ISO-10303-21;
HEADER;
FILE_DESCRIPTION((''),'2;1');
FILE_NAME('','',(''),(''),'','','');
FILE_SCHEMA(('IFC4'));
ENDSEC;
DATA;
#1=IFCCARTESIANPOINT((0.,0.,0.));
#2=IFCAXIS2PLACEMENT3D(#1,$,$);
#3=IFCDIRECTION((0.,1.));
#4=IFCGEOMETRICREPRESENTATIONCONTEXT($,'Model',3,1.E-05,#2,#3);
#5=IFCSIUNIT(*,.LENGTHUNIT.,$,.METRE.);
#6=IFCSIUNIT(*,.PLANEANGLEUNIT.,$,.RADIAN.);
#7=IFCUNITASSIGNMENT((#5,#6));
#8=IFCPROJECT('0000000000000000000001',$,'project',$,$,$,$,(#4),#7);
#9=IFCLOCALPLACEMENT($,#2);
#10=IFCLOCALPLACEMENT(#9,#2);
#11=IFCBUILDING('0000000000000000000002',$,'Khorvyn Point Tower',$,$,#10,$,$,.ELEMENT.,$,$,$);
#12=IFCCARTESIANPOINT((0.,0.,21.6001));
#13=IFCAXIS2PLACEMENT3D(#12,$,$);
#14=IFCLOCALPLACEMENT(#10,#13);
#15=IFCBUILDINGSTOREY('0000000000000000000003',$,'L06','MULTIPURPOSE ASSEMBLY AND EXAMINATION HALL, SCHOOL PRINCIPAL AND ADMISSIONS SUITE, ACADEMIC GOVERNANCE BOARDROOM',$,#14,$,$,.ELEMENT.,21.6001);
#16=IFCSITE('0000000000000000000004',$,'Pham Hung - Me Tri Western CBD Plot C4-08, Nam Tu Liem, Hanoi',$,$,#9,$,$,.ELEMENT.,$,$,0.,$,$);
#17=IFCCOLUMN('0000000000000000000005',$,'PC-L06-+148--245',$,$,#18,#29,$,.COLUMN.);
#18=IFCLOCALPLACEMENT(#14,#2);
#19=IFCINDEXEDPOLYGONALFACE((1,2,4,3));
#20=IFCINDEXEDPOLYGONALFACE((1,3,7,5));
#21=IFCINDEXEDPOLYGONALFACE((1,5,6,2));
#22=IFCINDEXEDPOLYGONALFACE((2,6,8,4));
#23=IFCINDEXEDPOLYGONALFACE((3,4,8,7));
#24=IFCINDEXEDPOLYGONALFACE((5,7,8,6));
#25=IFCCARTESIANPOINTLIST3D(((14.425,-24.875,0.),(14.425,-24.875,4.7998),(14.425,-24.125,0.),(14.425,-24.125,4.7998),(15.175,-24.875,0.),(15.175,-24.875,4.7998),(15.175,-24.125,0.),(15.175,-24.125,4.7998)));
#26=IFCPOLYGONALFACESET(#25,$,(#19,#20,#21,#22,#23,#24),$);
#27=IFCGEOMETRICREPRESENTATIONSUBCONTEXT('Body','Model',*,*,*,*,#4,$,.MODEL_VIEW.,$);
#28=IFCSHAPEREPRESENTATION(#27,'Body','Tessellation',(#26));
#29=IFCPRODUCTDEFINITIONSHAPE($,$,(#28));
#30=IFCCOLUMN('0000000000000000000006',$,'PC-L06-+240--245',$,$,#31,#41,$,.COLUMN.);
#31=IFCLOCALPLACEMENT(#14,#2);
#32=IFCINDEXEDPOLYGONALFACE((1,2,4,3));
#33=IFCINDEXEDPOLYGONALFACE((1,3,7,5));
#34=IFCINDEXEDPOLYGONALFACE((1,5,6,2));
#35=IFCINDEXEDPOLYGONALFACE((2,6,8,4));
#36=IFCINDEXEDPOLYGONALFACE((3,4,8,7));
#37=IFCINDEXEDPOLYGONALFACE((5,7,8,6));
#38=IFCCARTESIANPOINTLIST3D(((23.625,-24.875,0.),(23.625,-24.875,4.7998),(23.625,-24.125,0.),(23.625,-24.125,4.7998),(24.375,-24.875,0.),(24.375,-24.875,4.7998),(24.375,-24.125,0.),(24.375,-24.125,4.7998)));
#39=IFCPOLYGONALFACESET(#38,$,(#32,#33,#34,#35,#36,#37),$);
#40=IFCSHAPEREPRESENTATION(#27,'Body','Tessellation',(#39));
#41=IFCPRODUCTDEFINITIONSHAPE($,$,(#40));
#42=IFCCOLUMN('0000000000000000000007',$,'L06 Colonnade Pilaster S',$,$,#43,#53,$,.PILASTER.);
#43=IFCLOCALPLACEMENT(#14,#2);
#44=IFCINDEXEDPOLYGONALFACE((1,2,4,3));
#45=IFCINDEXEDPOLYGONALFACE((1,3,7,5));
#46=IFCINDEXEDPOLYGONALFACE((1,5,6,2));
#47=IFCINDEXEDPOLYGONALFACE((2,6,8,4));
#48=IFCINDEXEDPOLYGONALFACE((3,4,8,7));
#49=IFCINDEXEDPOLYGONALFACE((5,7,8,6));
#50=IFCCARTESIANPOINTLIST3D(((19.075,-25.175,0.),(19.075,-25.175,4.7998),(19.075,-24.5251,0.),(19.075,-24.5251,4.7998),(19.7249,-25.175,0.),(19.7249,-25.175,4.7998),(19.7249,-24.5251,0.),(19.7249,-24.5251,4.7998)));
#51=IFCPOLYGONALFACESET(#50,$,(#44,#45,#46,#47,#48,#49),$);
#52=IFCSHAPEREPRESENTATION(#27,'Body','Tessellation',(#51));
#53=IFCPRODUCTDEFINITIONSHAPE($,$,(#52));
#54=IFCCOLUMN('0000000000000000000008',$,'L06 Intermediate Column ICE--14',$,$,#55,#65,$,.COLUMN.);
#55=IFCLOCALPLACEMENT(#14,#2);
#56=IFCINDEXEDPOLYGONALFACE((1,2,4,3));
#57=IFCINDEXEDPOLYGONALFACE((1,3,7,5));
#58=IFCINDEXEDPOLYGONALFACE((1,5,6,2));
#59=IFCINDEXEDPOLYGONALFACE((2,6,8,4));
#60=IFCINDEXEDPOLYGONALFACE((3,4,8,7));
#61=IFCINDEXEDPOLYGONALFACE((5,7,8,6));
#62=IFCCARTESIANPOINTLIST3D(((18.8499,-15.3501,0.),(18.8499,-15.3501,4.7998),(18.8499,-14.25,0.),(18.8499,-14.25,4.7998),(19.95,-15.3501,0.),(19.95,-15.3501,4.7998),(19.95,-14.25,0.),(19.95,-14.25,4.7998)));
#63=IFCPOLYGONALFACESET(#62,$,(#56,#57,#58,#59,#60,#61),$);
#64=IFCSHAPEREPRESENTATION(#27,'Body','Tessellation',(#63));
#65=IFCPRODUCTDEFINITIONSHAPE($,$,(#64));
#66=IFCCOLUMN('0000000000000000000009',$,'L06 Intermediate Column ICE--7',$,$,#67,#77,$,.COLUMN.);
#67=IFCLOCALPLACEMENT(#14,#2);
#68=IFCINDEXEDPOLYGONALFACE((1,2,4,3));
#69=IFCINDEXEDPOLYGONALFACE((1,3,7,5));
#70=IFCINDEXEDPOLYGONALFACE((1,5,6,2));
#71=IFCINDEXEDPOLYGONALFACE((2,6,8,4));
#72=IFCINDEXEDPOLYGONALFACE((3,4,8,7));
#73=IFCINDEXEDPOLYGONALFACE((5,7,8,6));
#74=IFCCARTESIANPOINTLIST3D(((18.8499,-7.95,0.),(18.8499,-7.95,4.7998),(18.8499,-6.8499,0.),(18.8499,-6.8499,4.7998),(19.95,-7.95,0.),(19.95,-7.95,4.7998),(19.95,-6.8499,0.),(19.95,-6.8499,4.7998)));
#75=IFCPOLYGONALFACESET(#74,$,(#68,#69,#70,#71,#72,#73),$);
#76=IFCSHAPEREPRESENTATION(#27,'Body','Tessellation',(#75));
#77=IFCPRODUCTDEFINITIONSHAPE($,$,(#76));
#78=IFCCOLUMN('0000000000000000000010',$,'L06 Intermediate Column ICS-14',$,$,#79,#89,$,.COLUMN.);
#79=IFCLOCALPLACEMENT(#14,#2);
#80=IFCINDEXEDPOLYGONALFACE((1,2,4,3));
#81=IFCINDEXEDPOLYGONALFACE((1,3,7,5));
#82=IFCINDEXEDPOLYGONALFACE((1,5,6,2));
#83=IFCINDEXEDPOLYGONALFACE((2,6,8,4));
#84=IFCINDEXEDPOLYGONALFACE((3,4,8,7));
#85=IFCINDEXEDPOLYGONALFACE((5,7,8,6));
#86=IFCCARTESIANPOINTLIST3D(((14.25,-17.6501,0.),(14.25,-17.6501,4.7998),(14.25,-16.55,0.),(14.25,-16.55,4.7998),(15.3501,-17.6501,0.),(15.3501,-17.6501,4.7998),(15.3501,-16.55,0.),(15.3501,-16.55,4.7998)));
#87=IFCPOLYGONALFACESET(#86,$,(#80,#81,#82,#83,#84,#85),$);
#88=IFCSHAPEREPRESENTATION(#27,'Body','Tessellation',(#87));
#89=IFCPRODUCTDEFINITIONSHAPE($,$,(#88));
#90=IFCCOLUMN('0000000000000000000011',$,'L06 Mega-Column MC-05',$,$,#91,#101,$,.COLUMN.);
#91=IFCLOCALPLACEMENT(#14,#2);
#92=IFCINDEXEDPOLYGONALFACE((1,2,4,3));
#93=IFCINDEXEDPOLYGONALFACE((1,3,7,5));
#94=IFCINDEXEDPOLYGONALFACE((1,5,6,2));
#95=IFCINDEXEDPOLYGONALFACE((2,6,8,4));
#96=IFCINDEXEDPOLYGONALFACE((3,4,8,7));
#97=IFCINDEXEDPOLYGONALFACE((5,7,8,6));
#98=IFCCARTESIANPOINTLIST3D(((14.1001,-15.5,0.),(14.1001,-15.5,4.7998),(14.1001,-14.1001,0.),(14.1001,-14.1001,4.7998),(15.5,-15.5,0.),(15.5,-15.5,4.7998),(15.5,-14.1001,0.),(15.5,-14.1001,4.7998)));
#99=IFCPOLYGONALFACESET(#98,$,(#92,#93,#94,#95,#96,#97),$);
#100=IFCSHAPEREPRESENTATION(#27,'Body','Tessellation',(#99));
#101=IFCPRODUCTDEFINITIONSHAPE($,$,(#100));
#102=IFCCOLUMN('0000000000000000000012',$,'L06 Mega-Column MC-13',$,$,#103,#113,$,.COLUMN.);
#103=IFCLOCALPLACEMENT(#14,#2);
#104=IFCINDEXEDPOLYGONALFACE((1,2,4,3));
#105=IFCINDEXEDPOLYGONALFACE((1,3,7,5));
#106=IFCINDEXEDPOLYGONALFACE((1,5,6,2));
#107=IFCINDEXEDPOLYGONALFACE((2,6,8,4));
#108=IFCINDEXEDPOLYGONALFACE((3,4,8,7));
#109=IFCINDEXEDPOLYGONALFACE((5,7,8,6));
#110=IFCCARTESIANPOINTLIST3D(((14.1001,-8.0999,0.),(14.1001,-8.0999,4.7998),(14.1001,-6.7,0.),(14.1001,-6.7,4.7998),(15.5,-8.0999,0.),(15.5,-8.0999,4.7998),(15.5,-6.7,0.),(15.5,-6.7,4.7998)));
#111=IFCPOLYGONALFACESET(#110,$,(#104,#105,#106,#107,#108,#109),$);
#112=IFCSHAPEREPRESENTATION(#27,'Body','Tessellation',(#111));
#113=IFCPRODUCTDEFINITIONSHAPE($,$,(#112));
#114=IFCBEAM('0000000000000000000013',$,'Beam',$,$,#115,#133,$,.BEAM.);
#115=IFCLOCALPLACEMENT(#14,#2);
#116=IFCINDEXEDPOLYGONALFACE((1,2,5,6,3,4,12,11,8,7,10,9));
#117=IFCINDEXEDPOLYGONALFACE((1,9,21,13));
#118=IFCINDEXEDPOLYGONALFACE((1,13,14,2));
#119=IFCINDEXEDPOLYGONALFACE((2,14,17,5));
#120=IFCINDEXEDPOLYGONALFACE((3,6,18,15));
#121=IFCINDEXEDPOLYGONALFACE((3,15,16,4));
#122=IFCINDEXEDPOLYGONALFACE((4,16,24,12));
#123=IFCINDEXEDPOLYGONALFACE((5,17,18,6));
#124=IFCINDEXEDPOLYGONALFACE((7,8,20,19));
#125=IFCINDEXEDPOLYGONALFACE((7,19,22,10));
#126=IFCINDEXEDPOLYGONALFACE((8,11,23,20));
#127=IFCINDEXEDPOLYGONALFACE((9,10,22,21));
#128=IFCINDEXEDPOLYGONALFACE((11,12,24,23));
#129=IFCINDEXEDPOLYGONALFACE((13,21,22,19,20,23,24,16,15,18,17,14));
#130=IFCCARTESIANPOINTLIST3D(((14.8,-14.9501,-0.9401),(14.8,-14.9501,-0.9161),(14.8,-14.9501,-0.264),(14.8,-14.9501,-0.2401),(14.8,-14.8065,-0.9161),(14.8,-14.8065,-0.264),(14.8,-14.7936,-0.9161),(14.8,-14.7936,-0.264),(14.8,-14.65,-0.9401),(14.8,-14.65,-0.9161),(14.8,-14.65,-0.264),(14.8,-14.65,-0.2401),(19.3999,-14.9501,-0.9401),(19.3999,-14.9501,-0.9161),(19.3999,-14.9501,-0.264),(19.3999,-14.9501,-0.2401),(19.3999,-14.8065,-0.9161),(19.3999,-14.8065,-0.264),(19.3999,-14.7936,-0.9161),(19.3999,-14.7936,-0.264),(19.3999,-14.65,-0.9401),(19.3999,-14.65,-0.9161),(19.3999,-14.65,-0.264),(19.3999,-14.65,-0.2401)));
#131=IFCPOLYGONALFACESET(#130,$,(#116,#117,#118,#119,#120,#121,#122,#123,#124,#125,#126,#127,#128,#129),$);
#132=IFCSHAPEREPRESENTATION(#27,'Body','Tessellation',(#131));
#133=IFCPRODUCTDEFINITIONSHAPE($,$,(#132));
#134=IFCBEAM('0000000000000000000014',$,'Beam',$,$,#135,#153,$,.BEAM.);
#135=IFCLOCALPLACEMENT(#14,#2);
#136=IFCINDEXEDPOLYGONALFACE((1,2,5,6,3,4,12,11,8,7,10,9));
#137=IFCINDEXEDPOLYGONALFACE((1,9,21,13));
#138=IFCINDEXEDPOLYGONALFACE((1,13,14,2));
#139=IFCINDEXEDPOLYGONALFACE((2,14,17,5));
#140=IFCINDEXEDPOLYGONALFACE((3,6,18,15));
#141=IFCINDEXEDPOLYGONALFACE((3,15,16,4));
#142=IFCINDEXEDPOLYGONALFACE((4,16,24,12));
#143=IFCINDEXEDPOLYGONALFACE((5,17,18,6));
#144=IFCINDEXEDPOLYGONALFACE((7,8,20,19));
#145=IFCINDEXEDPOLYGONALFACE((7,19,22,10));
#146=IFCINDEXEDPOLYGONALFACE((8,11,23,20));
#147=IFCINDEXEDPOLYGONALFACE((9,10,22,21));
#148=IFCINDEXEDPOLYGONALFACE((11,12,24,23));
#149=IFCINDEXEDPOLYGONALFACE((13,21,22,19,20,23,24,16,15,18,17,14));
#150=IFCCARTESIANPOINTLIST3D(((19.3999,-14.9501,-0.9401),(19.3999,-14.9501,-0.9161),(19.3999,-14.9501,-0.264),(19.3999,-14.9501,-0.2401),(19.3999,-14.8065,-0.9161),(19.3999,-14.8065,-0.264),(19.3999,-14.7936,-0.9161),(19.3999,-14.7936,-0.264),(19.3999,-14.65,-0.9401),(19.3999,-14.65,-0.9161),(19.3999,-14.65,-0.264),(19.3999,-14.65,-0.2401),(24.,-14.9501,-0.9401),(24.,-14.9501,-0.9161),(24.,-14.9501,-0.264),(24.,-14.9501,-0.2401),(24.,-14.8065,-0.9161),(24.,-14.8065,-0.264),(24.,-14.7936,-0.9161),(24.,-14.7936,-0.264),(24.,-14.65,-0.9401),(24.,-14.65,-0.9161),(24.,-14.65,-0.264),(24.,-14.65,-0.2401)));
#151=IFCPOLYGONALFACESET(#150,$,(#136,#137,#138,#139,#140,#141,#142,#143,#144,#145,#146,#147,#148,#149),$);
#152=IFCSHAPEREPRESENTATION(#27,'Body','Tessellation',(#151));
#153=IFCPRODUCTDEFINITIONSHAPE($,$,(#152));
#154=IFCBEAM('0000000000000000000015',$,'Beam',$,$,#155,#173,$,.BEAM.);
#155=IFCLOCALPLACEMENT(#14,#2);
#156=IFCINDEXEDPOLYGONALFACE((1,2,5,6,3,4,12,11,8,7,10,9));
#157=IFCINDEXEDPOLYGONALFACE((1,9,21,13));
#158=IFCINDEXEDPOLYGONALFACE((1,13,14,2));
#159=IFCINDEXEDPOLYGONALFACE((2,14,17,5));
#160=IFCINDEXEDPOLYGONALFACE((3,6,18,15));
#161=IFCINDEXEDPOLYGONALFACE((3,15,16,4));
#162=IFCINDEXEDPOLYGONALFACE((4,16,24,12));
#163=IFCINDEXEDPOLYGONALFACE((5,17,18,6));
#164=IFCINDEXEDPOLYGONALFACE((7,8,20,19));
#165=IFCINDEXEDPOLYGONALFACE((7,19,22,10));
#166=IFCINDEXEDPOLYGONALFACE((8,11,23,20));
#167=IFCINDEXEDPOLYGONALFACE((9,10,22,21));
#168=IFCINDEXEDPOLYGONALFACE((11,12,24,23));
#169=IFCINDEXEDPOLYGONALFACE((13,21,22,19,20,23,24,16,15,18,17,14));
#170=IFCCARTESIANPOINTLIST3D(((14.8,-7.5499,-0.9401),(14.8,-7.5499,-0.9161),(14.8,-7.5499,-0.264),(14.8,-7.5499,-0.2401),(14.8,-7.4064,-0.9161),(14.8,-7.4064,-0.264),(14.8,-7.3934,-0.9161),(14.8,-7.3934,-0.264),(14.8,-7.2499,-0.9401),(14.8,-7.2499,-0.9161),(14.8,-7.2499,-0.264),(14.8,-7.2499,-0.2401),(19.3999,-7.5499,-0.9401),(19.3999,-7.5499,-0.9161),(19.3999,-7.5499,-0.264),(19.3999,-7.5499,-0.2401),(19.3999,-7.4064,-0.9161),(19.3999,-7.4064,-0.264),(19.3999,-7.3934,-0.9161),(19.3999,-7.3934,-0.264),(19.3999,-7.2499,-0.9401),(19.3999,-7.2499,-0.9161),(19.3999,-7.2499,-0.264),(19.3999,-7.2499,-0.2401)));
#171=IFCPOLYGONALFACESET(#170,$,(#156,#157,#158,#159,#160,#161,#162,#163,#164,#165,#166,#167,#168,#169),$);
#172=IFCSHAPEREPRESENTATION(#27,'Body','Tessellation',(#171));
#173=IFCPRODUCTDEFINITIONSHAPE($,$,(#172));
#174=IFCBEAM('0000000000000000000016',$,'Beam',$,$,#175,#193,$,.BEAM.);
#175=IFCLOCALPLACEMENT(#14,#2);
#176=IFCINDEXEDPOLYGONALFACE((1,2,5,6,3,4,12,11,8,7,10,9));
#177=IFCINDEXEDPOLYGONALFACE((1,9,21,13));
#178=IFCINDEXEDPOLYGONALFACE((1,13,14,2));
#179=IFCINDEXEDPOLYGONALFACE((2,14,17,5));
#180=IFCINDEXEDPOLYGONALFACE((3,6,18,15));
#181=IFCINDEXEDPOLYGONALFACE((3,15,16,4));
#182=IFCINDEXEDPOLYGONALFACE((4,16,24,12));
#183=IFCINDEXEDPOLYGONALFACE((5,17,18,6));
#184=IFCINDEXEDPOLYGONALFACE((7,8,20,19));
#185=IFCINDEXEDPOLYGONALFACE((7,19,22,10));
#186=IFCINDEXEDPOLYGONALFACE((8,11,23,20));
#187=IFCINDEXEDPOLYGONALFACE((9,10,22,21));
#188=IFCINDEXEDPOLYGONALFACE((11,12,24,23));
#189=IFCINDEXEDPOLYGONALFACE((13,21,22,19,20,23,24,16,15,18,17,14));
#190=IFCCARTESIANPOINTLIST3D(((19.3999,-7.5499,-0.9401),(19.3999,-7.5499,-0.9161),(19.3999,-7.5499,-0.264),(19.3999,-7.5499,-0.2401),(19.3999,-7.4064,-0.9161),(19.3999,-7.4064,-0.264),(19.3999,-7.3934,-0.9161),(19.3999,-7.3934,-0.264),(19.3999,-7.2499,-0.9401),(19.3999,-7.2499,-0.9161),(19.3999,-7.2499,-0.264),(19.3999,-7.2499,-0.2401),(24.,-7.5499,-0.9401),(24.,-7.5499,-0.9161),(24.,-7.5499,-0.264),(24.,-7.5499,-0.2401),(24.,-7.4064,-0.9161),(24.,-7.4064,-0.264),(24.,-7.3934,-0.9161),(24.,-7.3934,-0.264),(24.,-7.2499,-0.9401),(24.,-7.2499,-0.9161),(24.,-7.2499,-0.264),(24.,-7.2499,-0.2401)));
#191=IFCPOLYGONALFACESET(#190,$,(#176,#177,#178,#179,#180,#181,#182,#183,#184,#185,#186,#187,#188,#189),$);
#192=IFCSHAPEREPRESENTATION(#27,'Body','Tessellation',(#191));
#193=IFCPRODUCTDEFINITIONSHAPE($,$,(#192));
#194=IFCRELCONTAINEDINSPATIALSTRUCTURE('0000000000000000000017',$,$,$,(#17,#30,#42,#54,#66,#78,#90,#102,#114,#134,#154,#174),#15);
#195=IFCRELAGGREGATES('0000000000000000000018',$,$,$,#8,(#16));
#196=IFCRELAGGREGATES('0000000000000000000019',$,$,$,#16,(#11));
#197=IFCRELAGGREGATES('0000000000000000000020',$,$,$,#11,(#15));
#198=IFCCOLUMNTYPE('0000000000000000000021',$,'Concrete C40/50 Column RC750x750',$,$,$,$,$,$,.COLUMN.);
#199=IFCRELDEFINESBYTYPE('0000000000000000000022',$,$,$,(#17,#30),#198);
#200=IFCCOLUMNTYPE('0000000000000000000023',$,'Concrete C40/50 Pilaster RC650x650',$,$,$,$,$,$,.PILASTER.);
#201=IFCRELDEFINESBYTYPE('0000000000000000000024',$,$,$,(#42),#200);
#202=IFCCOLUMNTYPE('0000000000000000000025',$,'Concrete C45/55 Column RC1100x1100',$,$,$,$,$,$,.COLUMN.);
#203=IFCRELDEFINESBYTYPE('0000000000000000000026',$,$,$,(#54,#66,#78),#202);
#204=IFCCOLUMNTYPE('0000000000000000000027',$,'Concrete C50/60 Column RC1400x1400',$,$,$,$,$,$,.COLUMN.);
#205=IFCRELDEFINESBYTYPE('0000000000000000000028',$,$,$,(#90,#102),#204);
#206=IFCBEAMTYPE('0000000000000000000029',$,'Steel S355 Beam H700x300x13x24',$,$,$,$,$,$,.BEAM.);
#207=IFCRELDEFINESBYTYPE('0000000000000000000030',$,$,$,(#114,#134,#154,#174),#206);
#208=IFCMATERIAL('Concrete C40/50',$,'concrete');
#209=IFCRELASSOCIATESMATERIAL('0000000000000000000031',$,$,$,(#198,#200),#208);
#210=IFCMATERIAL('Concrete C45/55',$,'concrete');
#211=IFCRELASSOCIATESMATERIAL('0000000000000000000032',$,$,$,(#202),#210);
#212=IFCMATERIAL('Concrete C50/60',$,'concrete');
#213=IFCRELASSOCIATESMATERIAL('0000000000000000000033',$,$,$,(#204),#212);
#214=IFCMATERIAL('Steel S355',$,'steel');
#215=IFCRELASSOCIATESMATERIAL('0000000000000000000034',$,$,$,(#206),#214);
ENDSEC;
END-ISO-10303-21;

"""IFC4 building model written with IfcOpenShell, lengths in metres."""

from ifc_helpers import new_model, si_unit, direction, frame, origin, origin_2d, place, context, subcontext, project, spatial, rectangle, i_section, extrude, material, material_profile, profile_set, type_object, element, save


model = new_model("IFC4")

# Units and contexts
model_context = context("Model", 3, precision=1e-05, world=origin(), true_north=direction((0.0, 1.0)))
body_context = subcontext(model_context, "Body", "Model", "MODEL_VIEW")
ifc_project = project(units=[si_unit("LENGTHUNIT", "METRE"), si_unit("PLANEANGLEUNIT", "RADIAN")], contexts=[model_context])

# Site, building, storey
site_placement = place(None, origin())
site = spatial("IfcSite", under=ifc_project, at=site_placement, Name="Pham Hung - Me Tri Western CBD Plot C4-08, Nam Tu Liem, Hanoi", CompositionType="ELEMENT", RefElevation=0.0)
building_placement = place(site_placement, origin())
building = spatial("IfcBuilding", under=site, at=building_placement, Name="Khorvyn Point Tower", CompositionType="ELEMENT")
storey_placement = place(building_placement, frame((0.0, 0.0, 21.6001)))
storey = spatial("IfcBuildingStorey", under=building, at=storey_placement, Name="L06", Description="MULTIPURPOSE ASSEMBLY AND EXAMINATION HALL, SCHOOL PRINCIPAL AND ADMISSIONS SUITE, ACADEMIC GOVERNANCE BOARDROOM", CompositionType="ELEMENT", Elevation=21.6001)

# Columns
ifc_material_1 = material(Name="Concrete C40/50", Category="concrete")
ifc_material_profile_1 = material_profile(ifc_material_1, rectangle(XDim=0.75, YDim=0.75, at=origin_2d()))
ifc_profile_set_1 = profile_set([ifc_material_profile_1], Name="Concrete C40/50 RC750x750")
column_type_1 = type_object("IfcColumnType", Name="Concrete C40/50 Column RC750x750", PredefinedType="COLUMN", material=ifc_profile_set_1)
for number, where, z_axis, x_axis, name in (
    (1, (14.8, -24.5, 0.0), (0.0, 0.0, 1.0), (1.0, 0.0, 0.0), "PC-L06-+148--245"),
    (2, (24.0, -24.5, 0.0), (0.0, 0.0, 1.0), (1.0, 0.0, 0.0), "PC-L06-+240--245"),
):
    element("IfcColumn", number, at=place(storey_placement, frame(where, z_axis=z_axis, x_axis=x_axis)), inside=storey, type_object=column_type_1, Name=name, PredefinedType="COLUMN", context=body_context, shape_type="SweptSolid", body=[
        extrude(rectangle(XDim=0.75, YDim=0.75, at=origin_2d()), origin(), (0.0, 0.0, 1.0), 4.7998),
    ])
ifc_material_profile_2 = material_profile(ifc_material_1, rectangle(XDim=0.6499, YDim=0.6499, at=origin_2d()))
ifc_profile_set_2 = profile_set([ifc_material_profile_2], Name="Concrete C40/50 RC650x650")
column_type_2 = type_object("IfcColumnType", Name="Concrete C40/50 Pilaster RC650x650", PredefinedType="PILASTER", material=ifc_profile_set_2)
column_placement = place(storey_placement, frame((19.3999, -24.8501, 0.0), z_axis=(0.0, 0.0, 1.0), x_axis=(1.0, 0.0, 0.0)))
element("IfcColumn", 3, at=column_placement, inside=storey, type_object=column_type_2, Name="L06 Colonnade Pilaster S", PredefinedType="PILASTER", context=body_context, shape_type="SweptSolid", body=[
    extrude(rectangle(XDim=0.6499, YDim=0.6499, at=origin_2d()), origin(), (0.0, 0.0, 1.0), 4.7998),
])
ifc_material_2 = material(Name="Concrete C45/55", Category="concrete")
ifc_material_profile_3 = material_profile(ifc_material_2, rectangle(XDim=1.1001, YDim=1.1001, at=origin_2d()))
ifc_profile_set_3 = profile_set([ifc_material_profile_3], Name="Concrete C45/55 RC1100x1100")
column_type_3 = type_object("IfcColumnType", Name="Concrete C45/55 Column RC1100x1100", PredefinedType="COLUMN", material=ifc_profile_set_3)
for number, where, z_axis, x_axis, name in (
    (4, (19.3999, -14.8, 0.0), (0.0, 0.0, 1.0), (1.0, 0.0, 0.0), "L06 Intermediate Column ICE--14"),
    (5, (19.3999, -7.3999, 0.0), (0.0, 0.0, 1.0), (1.0, 0.0, 0.0), "L06 Intermediate Column ICE--7"),
    (6, (14.8, -17.1001, 0.0), (0.0, 0.0, 1.0), (1.0, 0.0, 0.0), "L06 Intermediate Column ICS-14"),
):
    element("IfcColumn", number, at=place(storey_placement, frame(where, z_axis=z_axis, x_axis=x_axis)), inside=storey, type_object=column_type_3, Name=name, PredefinedType="COLUMN", context=body_context, shape_type="SweptSolid", body=[
        extrude(rectangle(XDim=1.1001, YDim=1.1001, at=origin_2d()), origin(), (0.0, 0.0, 1.0), 4.7998),
    ])
ifc_material_3 = material(Name="Concrete C50/60", Category="concrete")
ifc_material_profile_4 = material_profile(ifc_material_3, rectangle(XDim=1.3999, YDim=1.3999, at=origin_2d()))
ifc_profile_set_4 = profile_set([ifc_material_profile_4], Name="Concrete C50/60 RC1400x1400")
column_type_4 = type_object("IfcColumnType", Name="Concrete C50/60 Column RC1400x1400", PredefinedType="COLUMN", material=ifc_profile_set_4)
for number, where, z_axis, x_axis, name in (
    (7, (14.8, -14.8, 0.0), (0.0, 0.0, 1.0), (1.0, 0.0, 0.0), "L06 Mega-Column MC-05"),
    (8, (14.8, -7.3999, 0.0), (0.0, 0.0, 1.0), (1.0, 0.0, 0.0), "L06 Mega-Column MC-13"),
):
    element("IfcColumn", number, at=place(storey_placement, frame(where, z_axis=z_axis, x_axis=x_axis)), inside=storey, type_object=column_type_4, Name=name, PredefinedType="COLUMN", context=body_context, shape_type="SweptSolid", body=[
        extrude(rectangle(XDim=1.3999, YDim=1.3999, at=origin_2d()), origin(), (0.0, 0.0, 1.0), 4.7998),
    ])

# Beams
ifc_material_4 = material(Name="Steel S355", Category="steel")
ifc_material_profile_5 = material_profile(ifc_material_4, i_section(OverallWidth=0.3, OverallDepth=0.7, WebThickness=0.0129, FlangeThickness=0.0239, at=origin_2d()))
ifc_profile_set_5 = profile_set([ifc_material_profile_5], Name="Steel S355 H700x300x13x24")
beam_type_1 = type_object("IfcBeamType", Name="Steel S355 Beam H700x300x13x24", PredefinedType="BEAM", material=ifc_profile_set_5)
beam_1_placement = place(storey_placement, frame((14.8, -14.8, -0.5901), z_axis=(1.0, 0.0, 0.0), x_axis=(0.0, 1.0, 0.0)))
element("IfcBeam", 9, at=beam_1_placement, inside=storey, type_object=beam_type_1, Name="Beam", PredefinedType="BEAM", context=body_context, shape_type="SweptSolid", body=[
    extrude(i_section(OverallWidth=0.3, OverallDepth=0.7, WebThickness=0.0129, FlangeThickness=0.0239, at=origin_2d()), origin(), (0.0, 0.0, 1.0), 4.5999),
])
beam_2_placement = place(storey_placement, frame((19.3999, -14.8, -0.5901), z_axis=(1.0, 0.0, 0.0), x_axis=(0.0, 1.0, 0.0)))
element("IfcBeam", 10, at=beam_2_placement, inside=storey, type_object=beam_type_1, Name="Beam", PredefinedType="BEAM", context=body_context, shape_type="SweptSolid", body=[
    extrude(i_section(OverallWidth=0.3, OverallDepth=0.7, WebThickness=0.0129, FlangeThickness=0.0239, at=origin_2d()), origin(), (0.0, 0.0, 1.0), 4.6001),
])
beam_3_placement = place(storey_placement, frame((14.8, -7.3999, -0.5901), z_axis=(1.0, 0.0, 0.0), x_axis=(0.0, 1.0, 0.0)))
element("IfcBeam", 11, at=beam_3_placement, inside=storey, type_object=beam_type_1, Name="Beam", PredefinedType="BEAM", context=body_context, shape_type="SweptSolid", body=[
    extrude(i_section(OverallWidth=0.3, OverallDepth=0.7, WebThickness=0.0129, FlangeThickness=0.0239, at=origin_2d()), origin(), (0.0, 0.0, 1.0), 4.5999),
])
beam_4_placement = place(storey_placement, frame((19.3999, -7.3999, -0.5901), z_axis=(1.0, 0.0, 0.0), x_axis=(0.0, 1.0, 0.0)))
element("IfcBeam", 12, at=beam_4_placement, inside=storey, type_object=beam_type_1, Name="Beam", PredefinedType="BEAM", context=body_context, shape_type="SweptSolid", body=[
    extrude(i_section(OverallWidth=0.3, OverallDepth=0.7, WebThickness=0.0129, FlangeThickness=0.0239, at=origin_2d()), origin(), (0.0, 0.0, 1.0), 4.6001),
])

save(model, "model.ifc")
